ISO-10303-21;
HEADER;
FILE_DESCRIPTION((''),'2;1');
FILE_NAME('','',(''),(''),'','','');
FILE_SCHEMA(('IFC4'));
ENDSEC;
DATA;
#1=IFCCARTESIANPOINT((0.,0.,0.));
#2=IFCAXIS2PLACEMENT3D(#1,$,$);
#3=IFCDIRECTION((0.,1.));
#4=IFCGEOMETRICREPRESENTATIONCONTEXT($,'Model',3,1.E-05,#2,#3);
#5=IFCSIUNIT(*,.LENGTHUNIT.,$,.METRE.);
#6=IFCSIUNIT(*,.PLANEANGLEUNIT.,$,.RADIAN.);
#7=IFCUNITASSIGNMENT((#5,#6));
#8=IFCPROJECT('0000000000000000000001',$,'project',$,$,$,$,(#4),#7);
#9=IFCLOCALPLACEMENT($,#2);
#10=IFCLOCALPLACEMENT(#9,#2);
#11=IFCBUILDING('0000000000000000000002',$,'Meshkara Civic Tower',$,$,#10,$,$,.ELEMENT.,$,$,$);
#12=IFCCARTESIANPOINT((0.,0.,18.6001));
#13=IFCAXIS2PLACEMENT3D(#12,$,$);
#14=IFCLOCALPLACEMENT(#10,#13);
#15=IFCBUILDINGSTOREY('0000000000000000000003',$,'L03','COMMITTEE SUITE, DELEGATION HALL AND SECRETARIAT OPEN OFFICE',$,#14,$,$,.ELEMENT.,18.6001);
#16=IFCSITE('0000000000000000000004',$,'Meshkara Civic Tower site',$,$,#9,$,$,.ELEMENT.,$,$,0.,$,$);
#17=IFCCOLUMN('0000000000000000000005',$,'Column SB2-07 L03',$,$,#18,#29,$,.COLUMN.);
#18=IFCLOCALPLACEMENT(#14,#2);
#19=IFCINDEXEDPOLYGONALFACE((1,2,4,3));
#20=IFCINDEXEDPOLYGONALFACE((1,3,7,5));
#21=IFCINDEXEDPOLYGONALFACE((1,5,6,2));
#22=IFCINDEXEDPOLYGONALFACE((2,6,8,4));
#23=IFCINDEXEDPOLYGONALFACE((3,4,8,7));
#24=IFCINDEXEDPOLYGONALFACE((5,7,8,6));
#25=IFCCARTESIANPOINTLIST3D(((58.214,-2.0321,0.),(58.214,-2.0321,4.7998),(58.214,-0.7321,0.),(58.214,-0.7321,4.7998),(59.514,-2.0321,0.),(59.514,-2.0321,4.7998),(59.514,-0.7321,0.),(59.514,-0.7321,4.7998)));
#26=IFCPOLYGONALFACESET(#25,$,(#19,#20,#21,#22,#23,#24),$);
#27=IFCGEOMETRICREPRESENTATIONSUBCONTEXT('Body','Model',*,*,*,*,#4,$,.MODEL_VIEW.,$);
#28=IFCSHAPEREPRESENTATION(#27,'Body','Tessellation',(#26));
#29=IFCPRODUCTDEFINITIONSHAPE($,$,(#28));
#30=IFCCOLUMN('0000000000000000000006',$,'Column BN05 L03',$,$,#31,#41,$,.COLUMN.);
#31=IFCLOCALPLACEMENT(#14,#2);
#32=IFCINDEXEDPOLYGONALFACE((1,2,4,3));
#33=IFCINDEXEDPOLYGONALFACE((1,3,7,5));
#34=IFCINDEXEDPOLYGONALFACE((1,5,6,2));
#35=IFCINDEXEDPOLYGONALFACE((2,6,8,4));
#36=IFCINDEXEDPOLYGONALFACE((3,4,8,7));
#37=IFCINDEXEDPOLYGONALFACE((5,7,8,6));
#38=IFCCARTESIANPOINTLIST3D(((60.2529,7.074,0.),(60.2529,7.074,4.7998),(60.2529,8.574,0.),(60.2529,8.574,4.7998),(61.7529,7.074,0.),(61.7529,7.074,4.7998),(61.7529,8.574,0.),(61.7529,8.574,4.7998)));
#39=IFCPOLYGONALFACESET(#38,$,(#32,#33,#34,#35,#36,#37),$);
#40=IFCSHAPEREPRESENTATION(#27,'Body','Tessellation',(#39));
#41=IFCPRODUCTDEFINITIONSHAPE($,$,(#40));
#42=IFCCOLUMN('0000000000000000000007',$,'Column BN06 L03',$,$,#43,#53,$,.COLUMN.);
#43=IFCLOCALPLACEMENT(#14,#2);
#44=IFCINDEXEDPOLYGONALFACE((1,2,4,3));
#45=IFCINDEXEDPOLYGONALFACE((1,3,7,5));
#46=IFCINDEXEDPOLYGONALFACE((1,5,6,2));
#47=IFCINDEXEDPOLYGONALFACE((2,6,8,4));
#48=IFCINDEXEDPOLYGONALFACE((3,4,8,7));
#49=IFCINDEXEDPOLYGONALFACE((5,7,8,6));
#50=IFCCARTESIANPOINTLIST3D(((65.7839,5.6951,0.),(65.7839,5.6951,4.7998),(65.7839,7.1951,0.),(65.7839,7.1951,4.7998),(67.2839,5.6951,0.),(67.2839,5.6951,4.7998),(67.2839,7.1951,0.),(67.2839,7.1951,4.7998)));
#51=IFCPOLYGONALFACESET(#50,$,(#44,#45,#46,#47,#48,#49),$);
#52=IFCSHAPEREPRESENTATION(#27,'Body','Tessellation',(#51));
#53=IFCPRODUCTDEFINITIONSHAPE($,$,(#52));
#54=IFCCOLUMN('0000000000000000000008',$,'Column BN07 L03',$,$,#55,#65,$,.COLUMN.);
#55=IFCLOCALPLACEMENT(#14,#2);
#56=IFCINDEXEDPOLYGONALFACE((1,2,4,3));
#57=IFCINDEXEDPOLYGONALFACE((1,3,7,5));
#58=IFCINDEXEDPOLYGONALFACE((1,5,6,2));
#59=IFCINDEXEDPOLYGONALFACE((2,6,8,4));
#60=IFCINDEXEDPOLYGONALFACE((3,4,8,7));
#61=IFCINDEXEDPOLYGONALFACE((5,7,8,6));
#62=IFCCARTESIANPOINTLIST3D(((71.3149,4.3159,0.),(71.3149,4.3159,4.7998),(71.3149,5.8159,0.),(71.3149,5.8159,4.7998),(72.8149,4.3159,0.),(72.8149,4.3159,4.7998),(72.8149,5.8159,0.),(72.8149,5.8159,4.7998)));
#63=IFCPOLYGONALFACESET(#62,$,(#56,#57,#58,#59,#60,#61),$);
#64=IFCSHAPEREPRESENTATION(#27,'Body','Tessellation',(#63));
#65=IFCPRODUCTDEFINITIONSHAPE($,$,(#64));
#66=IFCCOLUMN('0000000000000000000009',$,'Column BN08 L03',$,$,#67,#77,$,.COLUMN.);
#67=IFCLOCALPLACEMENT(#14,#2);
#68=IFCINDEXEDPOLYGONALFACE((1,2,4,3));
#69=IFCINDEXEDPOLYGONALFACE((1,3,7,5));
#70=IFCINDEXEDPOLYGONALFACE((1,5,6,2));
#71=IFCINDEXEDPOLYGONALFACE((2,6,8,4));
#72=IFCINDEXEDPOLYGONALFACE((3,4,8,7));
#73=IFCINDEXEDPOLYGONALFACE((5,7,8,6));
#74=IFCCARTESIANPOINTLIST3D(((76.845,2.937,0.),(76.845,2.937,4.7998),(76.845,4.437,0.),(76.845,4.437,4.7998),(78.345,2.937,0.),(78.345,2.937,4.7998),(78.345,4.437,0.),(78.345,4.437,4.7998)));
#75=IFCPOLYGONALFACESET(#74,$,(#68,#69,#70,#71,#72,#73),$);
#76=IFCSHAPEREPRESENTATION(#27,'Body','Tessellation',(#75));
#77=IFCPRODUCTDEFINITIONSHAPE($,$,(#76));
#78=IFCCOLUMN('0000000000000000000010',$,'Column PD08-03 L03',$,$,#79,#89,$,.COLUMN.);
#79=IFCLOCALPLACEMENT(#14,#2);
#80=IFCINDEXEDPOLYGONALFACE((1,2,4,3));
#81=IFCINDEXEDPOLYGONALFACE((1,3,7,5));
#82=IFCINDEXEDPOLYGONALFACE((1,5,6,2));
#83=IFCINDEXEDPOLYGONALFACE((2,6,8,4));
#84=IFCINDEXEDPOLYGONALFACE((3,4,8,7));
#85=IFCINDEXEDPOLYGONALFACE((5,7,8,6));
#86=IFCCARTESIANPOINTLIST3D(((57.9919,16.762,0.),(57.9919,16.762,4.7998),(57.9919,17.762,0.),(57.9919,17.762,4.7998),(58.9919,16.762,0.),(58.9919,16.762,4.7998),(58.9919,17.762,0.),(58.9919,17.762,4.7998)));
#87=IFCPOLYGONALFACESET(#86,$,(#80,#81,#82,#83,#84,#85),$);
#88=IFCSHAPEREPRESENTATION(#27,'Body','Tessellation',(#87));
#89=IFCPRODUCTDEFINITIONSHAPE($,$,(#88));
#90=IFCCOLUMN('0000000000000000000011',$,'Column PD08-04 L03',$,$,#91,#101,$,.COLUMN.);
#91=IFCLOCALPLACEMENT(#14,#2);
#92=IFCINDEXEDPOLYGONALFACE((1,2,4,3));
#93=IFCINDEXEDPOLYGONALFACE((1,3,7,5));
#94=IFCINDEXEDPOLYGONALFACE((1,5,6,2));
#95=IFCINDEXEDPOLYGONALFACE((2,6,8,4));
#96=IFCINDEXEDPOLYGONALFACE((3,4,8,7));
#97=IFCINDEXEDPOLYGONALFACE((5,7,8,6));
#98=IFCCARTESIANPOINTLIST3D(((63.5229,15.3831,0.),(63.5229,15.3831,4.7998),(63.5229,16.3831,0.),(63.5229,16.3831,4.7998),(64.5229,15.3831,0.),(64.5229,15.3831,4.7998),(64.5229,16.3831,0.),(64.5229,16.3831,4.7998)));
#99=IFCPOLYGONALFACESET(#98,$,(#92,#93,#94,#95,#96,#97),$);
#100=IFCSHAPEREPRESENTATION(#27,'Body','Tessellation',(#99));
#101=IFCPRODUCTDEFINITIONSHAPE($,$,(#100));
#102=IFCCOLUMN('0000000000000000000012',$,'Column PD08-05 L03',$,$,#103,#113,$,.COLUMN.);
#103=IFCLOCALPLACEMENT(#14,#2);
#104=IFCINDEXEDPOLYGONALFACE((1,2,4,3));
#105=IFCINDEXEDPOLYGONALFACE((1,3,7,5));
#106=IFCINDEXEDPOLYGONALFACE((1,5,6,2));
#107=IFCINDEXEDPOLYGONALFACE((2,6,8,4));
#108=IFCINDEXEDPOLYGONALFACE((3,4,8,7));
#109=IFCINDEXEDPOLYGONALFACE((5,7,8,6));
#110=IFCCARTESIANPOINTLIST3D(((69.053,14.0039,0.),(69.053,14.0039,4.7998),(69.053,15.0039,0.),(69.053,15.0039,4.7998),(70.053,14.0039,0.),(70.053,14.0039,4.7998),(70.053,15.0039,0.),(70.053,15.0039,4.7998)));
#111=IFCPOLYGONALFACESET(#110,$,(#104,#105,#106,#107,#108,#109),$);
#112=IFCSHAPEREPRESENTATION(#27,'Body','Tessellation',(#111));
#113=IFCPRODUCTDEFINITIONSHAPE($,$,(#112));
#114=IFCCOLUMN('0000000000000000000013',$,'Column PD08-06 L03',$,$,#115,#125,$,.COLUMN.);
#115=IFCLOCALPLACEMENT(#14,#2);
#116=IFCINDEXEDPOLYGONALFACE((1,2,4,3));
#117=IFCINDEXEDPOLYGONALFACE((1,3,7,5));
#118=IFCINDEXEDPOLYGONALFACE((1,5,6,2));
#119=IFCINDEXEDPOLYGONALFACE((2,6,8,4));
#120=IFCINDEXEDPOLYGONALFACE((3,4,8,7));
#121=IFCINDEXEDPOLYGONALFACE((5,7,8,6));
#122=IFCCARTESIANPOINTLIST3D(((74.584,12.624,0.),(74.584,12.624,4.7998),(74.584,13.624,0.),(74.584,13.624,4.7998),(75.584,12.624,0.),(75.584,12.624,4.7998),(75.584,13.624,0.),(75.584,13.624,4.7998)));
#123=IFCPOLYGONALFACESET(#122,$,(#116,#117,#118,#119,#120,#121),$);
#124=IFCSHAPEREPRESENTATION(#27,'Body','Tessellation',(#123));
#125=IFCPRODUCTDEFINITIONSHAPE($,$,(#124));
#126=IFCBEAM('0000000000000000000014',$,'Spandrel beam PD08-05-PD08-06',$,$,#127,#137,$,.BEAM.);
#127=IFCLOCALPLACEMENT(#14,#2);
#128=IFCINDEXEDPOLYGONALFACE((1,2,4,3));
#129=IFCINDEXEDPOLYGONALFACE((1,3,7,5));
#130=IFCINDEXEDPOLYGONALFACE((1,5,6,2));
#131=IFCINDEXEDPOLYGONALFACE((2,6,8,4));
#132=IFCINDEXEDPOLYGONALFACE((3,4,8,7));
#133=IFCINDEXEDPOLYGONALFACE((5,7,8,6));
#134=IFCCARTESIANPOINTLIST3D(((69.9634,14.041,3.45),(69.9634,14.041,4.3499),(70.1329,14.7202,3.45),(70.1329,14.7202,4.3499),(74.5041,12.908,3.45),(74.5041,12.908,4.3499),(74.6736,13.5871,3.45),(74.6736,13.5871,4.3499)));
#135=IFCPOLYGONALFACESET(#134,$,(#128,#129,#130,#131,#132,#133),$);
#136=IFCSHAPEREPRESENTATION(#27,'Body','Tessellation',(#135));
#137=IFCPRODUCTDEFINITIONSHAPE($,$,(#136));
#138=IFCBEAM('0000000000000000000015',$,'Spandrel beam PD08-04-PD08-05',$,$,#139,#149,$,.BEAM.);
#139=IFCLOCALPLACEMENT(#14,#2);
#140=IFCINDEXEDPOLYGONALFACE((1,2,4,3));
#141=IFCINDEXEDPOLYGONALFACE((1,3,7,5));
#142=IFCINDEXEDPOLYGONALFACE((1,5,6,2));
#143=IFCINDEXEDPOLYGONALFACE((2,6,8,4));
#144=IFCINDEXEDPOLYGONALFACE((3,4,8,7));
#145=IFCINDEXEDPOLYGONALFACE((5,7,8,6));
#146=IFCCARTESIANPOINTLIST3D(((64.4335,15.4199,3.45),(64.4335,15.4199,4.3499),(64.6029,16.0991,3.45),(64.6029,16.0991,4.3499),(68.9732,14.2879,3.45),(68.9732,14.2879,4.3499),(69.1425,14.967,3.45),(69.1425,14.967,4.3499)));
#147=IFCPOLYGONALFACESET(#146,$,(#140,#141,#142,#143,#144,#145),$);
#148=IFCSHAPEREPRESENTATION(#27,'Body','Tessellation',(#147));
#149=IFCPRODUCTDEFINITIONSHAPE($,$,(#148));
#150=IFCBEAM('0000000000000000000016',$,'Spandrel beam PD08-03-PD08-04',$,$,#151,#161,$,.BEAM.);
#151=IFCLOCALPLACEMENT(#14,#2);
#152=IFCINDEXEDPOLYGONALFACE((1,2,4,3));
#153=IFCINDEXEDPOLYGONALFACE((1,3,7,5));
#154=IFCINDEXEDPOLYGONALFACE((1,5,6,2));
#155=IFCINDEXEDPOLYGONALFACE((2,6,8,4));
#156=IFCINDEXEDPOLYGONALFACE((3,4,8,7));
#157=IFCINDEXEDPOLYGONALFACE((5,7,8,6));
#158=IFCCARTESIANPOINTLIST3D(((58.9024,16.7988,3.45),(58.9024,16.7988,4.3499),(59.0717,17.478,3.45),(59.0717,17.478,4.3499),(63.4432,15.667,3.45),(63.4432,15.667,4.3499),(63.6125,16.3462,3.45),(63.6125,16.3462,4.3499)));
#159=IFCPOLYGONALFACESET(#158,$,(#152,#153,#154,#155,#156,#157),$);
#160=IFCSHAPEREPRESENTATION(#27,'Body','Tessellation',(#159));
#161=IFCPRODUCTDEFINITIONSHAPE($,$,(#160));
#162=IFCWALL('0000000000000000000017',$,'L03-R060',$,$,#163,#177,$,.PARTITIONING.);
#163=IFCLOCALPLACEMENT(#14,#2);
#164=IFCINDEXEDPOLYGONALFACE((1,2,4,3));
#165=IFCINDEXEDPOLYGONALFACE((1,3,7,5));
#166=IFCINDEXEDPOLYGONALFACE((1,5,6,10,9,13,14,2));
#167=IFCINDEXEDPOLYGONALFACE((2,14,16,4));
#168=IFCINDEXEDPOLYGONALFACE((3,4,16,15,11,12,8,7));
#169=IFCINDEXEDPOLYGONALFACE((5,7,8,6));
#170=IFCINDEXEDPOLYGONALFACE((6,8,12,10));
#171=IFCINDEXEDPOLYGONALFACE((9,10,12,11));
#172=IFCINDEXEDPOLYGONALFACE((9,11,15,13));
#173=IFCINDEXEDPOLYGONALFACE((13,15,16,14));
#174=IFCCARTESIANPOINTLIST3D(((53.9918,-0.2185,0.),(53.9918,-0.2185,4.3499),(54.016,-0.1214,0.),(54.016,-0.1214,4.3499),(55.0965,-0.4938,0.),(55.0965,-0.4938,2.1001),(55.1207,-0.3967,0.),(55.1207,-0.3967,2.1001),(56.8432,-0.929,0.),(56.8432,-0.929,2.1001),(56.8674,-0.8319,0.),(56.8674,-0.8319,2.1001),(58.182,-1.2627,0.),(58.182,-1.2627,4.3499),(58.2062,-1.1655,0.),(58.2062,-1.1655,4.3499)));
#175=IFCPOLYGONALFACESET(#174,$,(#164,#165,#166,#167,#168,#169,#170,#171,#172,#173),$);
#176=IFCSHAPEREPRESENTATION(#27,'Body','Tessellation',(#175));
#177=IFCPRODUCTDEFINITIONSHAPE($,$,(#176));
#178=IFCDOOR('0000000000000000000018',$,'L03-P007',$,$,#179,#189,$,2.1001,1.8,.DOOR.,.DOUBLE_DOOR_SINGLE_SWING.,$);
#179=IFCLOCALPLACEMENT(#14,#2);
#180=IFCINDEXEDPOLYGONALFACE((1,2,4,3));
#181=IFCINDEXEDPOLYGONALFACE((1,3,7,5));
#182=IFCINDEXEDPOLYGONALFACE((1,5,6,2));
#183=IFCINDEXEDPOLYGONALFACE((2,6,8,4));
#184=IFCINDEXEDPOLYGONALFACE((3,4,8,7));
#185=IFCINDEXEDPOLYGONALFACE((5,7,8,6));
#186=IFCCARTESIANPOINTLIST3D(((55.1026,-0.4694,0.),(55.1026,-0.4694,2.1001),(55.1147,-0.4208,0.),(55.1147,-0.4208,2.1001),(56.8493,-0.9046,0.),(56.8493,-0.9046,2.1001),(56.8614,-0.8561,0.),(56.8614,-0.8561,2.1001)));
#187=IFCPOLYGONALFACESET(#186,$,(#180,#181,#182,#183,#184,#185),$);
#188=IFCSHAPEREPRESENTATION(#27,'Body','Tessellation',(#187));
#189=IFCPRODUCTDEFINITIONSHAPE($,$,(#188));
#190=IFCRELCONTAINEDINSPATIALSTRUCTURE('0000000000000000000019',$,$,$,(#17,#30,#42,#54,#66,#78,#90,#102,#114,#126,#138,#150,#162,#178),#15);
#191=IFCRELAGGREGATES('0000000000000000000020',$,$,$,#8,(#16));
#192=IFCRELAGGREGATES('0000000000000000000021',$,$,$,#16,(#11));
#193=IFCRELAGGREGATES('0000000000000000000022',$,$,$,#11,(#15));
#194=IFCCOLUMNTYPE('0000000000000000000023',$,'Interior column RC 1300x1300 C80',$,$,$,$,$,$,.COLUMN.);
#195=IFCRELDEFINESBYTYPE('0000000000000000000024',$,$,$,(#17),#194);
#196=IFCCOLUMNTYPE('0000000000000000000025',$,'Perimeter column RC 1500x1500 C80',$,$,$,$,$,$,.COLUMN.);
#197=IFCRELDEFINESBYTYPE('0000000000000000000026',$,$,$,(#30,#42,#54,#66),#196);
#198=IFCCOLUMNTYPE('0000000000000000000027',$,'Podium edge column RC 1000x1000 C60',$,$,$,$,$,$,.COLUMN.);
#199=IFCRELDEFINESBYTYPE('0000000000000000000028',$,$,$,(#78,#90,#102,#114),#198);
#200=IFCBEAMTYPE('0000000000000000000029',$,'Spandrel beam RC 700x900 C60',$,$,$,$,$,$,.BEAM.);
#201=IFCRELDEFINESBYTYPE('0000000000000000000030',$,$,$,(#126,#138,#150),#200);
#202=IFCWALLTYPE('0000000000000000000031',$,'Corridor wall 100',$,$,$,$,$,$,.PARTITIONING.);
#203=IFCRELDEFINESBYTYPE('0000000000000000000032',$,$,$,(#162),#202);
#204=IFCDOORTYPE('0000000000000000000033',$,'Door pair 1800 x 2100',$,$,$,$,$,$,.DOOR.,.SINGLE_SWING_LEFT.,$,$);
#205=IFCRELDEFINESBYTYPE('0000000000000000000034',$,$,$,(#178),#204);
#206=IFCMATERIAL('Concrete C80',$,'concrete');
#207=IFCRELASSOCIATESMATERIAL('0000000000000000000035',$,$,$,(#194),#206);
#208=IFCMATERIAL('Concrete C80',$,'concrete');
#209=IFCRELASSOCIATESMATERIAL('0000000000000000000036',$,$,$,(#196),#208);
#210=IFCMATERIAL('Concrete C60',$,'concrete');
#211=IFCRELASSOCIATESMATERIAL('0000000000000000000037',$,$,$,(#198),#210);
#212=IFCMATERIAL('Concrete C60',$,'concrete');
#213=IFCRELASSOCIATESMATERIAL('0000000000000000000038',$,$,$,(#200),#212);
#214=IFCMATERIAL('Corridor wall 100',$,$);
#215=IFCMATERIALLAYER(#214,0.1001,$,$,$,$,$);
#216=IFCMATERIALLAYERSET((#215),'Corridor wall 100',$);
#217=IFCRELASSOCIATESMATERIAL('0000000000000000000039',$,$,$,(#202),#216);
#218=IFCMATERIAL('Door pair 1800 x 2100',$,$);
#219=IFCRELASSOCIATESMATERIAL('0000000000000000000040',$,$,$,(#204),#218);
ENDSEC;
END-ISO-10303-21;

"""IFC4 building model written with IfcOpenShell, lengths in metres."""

from ifc_helpers import new_model, si_unit, direction, frame, frame_2d, origin, origin_2d, place, context, subcontext, project, spatial, rectangle, extrude, material, layer, layer_set, material_profile, profile_set, type_object, element, fill, save


model = new_model("IFC4")

# Units and contexts
model_context = context("Model", 3, precision=1e-05, world=origin(), true_north=direction((0.0, 1.0)))
body_context = subcontext(model_context, "Body", "Model", "MODEL_VIEW")
ifc_project = project(units=[si_unit("LENGTHUNIT", "METRE"), si_unit("PLANEANGLEUNIT", "RADIAN")], contexts=[model_context])

# Site, building, storey
site_placement = place(None, origin())
site = spatial("IfcSite", under=ifc_project, at=site_placement, Name="Meshkara Civic Tower site", CompositionType="ELEMENT", RefElevation=0.0)
building_placement = place(site_placement, origin())
building = spatial("IfcBuilding", under=site, at=building_placement, Name="Meshkara Civic Tower", CompositionType="ELEMENT")
storey_placement = place(building_placement, frame((0.0, 0.0, 18.6001)))
storey = spatial("IfcBuildingStorey", under=building, at=storey_placement, Name="L03", Description="COMMITTEE SUITE, DELEGATION HALL AND SECRETARIAT OPEN OFFICE", CompositionType="ELEMENT", Elevation=18.6001)

# Columns
ifc_material_1 = material(Name="Concrete C80", Category="concrete")
ifc_material_profile_1 = material_profile(ifc_material_1, rectangle(XDim=1.3, YDim=1.3, at=origin_2d()))
ifc_profile_set_1 = profile_set([ifc_material_profile_1], Name="Concrete C80")
column_type_1 = type_object("IfcColumnType", Name="Interior column RC 1300x1300 C80", PredefinedType="COLUMN", material=ifc_profile_set_1)
column_placement = place(storey_placement, frame((58.864, -1.3821, 0.0), z_axis=(0.0, 0.0, 1.0), x_axis=(1.0, 0.0, 0.0)))
element("IfcColumn", 1, at=column_placement, inside=storey, type_object=column_type_1, Name="Column SB2-07 L03", PredefinedType="COLUMN", context=body_context, shape_type="SweptSolid", body=[
    extrude(rectangle(XDim=1.3, YDim=1.3, at=origin_2d()), origin(), (0.0, 0.0, 1.0), 4.7998),
])
ifc_material_2 = material(Name="Concrete C80", Category="concrete")
ifc_material_profile_2 = material_profile(ifc_material_2, rectangle(XDim=1.5, YDim=1.5, at=origin_2d()))
ifc_profile_set_2 = profile_set([ifc_material_profile_2], Name="Concrete C80")
column_type_2 = type_object("IfcColumnType", Name="Perimeter column RC 1500x1500 C80", PredefinedType="COLUMN", material=ifc_profile_set_2)
for number, where, z_axis, x_axis, name in (
    (2, (61.0029, 7.824, 0.0), (0.0, 0.0, 1.0), (1.0, 0.0, 0.0), "Column BN05 L03"),
    (3, (66.5339, 6.4451, 0.0), (0.0, 0.0, 1.0), (1.0, 0.0, 0.0), "Column BN06 L03"),
    (4, (72.0649, 5.0659, 0.0), (0.0, 0.0, 1.0), (1.0, 0.0, 0.0), "Column BN07 L03"),
    (5, (77.595, 3.687, 0.0), (0.0, 0.0, 1.0), (1.0, 0.0, 0.0), "Column BN08 L03"),
):
    element("IfcColumn", number, at=place(storey_placement, frame(where, z_axis=z_axis, x_axis=x_axis)), inside=storey, type_object=column_type_2, Name=name, PredefinedType="COLUMN", context=body_context, shape_type="SweptSolid", body=[
        extrude(rectangle(XDim=1.5, YDim=1.5, at=origin_2d()), origin(), (0.0, 0.0, 1.0), 4.7998),
    ])
ifc_material_3 = material(Name="Concrete C60", Category="concrete")
ifc_material_profile_3 = material_profile(ifc_material_3, rectangle(XDim=1.0, YDim=1.0, at=origin_2d()))
ifc_profile_set_3 = profile_set([ifc_material_profile_3], Name="Concrete C60")
column_type_3 = type_object("IfcColumnType", Name="Podium edge column RC 1000x1000 C60", PredefinedType="COLUMN", material=ifc_profile_set_3)
for number, where, z_axis, x_axis, name in (
    (6, (58.4919, 17.262, 0.0), (0.0, 0.0, 1.0), (1.0, 0.0, 0.0), "Column PD08-03 L03"),
    (7, (64.0229, 15.8831, 0.0), (0.0, 0.0, 1.0), (1.0, 0.0, 0.0), "Column PD08-04 L03"),
    (8, (69.553, 14.5039, 0.0), (0.0, 0.0, 1.0), (1.0, 0.0, 0.0), "Column PD08-05 L03"),
    (9, (75.084, 13.124, 0.0), (0.0, 0.0, 1.0), (1.0, 0.0, 0.0), "Column PD08-06 L03"),
):
    element("IfcColumn", number, at=place(storey_placement, frame(where, z_axis=z_axis, x_axis=x_axis)), inside=storey, type_object=column_type_3, Name=name, PredefinedType="COLUMN", context=body_context, shape_type="SweptSolid", body=[
        extrude(rectangle(XDim=1.0, YDim=1.0, at=origin_2d()), origin(), (0.0, 0.0, 1.0), 4.7998),
    ])

# Beams
ifc_material_4 = material(Name="Concrete C60", Category="concrete")
ifc_material_profile_4 = material_profile(ifc_material_4, rectangle(XDim=0.7, YDim=0.8999, at=origin_2d()))
ifc_profile_set_4 = profile_set([ifc_material_profile_4], Name="Concrete C60")
beam_type = type_object("IfcBeamType", Name="Spandrel beam RC 700x900 C60", PredefinedType="BEAM", material=ifc_profile_set_4)
beam_1_placement = place(storey_placement, frame((74.5889, 13.2476, 3.8999), z_axis=(-0.97025, 0.242106, 0.0), x_axis=(-0.242106, -0.97025, 0.0)))
element("IfcBeam", 10, at=beam_1_placement, inside=storey, type_object=beam_type, Name="Spandrel beam PD08-05-PD08-06", PredefinedType="BEAM", context=body_context, shape_type="SweptSolid", body=[
    extrude(rectangle(XDim=0.7, YDim=0.8999, at=origin_2d()), origin(), (0.0, 0.0, 1.0), 4.6799),
])
beam_2_placement = place(storey_placement, frame((69.0579, 14.6274, 3.8999), z_axis=(-0.970287, 0.241959, 0.0), x_axis=(-0.241959, -0.970287, 0.0)))
element("IfcBeam", 11, at=beam_2_placement, inside=storey, type_object=beam_type, Name="Spandrel beam PD08-04-PD08-05", PredefinedType="BEAM", context=body_context, shape_type="SweptSolid", body=[
    extrude(rectangle(XDim=0.7, YDim=0.8999, at=origin_2d()), origin(), (0.0, 0.0, 1.0), 4.6787),
])
beam_3_placement = place(storey_placement, frame((63.5278, 16.0066, 3.8999), z_axis=(-0.970311, 0.24186, 0.0), x_axis=(-0.24186, -0.970311, 0.0)))
element("IfcBeam", 12, at=beam_3_placement, inside=storey, type_object=beam_type, Name="Spandrel beam PD08-03-PD08-04", PredefinedType="BEAM", context=body_context, shape_type="SweptSolid", body=[
    extrude(rectangle(XDim=0.7, YDim=0.8999, at=origin_2d()), origin(), (0.0, 0.0, 1.0), 4.6797),
])

# Wall, opening, door
ifc_material_5 = material(Name="Corridor wall 100")
ifc_layer_1 = layer(ifc_material_5, 0.1001)
ifc_layer_set_1 = layer_set([ifc_layer_1], Name="Corridor wall 100")
wall_type_1 = type_object("IfcWallType", Name="Corridor wall 100", PredefinedType="PARTITIONING", material=ifc_layer_set_1)
wall_1_placement = place(storey_placement, frame((58.1941, -1.2141, 0.0), z_axis=(0.0, 0.0, 1.0), x_axis=(-0.970325, 0.241804, 0.0)))
wall_1 = element("IfcWall", 13, at=wall_1_placement, inside=storey, type_object=wall_type_1, Name="L03-R060", PredefinedType="PARTITIONING", context=body_context, shape_type="SweptSolid", body=[
    extrude(rectangle(XDim=4.3184, YDim=0.1001, at=frame_2d((2.1592, 0.0))), origin(), (0.0, 0.0, 1.0), 4.3499),
])
opening_1_placement = place(wall_1_placement, frame((1.3799, 0.0, 0.0)))
opening_1 = element("IfcOpeningElement", 14, at=opening_1_placement, cuts=wall_1, PredefinedType="OPENING", context=body_context, shape_type="SweptSolid", body=[
    extrude(rectangle(XDim=1.8, YDim=2.1001, at=frame_2d((0.8999, 1.05))), frame((0.0, 0.0601, 0.0), z_axis=(0.0, -1.0, 0.0), x_axis=(1.0, 0.0, 0.0)), (0.0, 0.0, 1.0), 0.1201),
])
ifc_material_6 = material(Name="Door pair 1800 x 2100")
door_type = type_object("IfcDoorType", Name="Door pair 1800 x 2100", OperationType="SINGLE_SWING_LEFT", PredefinedType="DOOR", material=ifc_material_6)
door_placement = place(opening_1_placement, origin())
door = element("IfcDoor", 15, at=door_placement, inside=storey, type_object=door_type, Name="L03-P007", OperationType="DOUBLE_DOOR_SINGLE_SWING", OverallHeight=2.1001, OverallWidth=1.8, PredefinedType="DOOR", context=body_context, shape_type="SweptSolid", body=[
    extrude(rectangle(XDim=1.8, YDim=2.1001, at=frame_2d((0.8999, 1.05))), frame((0.0, 0.0249, 0.0), z_axis=(0.0, -1.0, 0.0), x_axis=(1.0, 0.0, 0.0)), (0.0, 0.0, 1.0), 0.05),
])
fill(opening_1, door)

save(model, "model.ifc")
